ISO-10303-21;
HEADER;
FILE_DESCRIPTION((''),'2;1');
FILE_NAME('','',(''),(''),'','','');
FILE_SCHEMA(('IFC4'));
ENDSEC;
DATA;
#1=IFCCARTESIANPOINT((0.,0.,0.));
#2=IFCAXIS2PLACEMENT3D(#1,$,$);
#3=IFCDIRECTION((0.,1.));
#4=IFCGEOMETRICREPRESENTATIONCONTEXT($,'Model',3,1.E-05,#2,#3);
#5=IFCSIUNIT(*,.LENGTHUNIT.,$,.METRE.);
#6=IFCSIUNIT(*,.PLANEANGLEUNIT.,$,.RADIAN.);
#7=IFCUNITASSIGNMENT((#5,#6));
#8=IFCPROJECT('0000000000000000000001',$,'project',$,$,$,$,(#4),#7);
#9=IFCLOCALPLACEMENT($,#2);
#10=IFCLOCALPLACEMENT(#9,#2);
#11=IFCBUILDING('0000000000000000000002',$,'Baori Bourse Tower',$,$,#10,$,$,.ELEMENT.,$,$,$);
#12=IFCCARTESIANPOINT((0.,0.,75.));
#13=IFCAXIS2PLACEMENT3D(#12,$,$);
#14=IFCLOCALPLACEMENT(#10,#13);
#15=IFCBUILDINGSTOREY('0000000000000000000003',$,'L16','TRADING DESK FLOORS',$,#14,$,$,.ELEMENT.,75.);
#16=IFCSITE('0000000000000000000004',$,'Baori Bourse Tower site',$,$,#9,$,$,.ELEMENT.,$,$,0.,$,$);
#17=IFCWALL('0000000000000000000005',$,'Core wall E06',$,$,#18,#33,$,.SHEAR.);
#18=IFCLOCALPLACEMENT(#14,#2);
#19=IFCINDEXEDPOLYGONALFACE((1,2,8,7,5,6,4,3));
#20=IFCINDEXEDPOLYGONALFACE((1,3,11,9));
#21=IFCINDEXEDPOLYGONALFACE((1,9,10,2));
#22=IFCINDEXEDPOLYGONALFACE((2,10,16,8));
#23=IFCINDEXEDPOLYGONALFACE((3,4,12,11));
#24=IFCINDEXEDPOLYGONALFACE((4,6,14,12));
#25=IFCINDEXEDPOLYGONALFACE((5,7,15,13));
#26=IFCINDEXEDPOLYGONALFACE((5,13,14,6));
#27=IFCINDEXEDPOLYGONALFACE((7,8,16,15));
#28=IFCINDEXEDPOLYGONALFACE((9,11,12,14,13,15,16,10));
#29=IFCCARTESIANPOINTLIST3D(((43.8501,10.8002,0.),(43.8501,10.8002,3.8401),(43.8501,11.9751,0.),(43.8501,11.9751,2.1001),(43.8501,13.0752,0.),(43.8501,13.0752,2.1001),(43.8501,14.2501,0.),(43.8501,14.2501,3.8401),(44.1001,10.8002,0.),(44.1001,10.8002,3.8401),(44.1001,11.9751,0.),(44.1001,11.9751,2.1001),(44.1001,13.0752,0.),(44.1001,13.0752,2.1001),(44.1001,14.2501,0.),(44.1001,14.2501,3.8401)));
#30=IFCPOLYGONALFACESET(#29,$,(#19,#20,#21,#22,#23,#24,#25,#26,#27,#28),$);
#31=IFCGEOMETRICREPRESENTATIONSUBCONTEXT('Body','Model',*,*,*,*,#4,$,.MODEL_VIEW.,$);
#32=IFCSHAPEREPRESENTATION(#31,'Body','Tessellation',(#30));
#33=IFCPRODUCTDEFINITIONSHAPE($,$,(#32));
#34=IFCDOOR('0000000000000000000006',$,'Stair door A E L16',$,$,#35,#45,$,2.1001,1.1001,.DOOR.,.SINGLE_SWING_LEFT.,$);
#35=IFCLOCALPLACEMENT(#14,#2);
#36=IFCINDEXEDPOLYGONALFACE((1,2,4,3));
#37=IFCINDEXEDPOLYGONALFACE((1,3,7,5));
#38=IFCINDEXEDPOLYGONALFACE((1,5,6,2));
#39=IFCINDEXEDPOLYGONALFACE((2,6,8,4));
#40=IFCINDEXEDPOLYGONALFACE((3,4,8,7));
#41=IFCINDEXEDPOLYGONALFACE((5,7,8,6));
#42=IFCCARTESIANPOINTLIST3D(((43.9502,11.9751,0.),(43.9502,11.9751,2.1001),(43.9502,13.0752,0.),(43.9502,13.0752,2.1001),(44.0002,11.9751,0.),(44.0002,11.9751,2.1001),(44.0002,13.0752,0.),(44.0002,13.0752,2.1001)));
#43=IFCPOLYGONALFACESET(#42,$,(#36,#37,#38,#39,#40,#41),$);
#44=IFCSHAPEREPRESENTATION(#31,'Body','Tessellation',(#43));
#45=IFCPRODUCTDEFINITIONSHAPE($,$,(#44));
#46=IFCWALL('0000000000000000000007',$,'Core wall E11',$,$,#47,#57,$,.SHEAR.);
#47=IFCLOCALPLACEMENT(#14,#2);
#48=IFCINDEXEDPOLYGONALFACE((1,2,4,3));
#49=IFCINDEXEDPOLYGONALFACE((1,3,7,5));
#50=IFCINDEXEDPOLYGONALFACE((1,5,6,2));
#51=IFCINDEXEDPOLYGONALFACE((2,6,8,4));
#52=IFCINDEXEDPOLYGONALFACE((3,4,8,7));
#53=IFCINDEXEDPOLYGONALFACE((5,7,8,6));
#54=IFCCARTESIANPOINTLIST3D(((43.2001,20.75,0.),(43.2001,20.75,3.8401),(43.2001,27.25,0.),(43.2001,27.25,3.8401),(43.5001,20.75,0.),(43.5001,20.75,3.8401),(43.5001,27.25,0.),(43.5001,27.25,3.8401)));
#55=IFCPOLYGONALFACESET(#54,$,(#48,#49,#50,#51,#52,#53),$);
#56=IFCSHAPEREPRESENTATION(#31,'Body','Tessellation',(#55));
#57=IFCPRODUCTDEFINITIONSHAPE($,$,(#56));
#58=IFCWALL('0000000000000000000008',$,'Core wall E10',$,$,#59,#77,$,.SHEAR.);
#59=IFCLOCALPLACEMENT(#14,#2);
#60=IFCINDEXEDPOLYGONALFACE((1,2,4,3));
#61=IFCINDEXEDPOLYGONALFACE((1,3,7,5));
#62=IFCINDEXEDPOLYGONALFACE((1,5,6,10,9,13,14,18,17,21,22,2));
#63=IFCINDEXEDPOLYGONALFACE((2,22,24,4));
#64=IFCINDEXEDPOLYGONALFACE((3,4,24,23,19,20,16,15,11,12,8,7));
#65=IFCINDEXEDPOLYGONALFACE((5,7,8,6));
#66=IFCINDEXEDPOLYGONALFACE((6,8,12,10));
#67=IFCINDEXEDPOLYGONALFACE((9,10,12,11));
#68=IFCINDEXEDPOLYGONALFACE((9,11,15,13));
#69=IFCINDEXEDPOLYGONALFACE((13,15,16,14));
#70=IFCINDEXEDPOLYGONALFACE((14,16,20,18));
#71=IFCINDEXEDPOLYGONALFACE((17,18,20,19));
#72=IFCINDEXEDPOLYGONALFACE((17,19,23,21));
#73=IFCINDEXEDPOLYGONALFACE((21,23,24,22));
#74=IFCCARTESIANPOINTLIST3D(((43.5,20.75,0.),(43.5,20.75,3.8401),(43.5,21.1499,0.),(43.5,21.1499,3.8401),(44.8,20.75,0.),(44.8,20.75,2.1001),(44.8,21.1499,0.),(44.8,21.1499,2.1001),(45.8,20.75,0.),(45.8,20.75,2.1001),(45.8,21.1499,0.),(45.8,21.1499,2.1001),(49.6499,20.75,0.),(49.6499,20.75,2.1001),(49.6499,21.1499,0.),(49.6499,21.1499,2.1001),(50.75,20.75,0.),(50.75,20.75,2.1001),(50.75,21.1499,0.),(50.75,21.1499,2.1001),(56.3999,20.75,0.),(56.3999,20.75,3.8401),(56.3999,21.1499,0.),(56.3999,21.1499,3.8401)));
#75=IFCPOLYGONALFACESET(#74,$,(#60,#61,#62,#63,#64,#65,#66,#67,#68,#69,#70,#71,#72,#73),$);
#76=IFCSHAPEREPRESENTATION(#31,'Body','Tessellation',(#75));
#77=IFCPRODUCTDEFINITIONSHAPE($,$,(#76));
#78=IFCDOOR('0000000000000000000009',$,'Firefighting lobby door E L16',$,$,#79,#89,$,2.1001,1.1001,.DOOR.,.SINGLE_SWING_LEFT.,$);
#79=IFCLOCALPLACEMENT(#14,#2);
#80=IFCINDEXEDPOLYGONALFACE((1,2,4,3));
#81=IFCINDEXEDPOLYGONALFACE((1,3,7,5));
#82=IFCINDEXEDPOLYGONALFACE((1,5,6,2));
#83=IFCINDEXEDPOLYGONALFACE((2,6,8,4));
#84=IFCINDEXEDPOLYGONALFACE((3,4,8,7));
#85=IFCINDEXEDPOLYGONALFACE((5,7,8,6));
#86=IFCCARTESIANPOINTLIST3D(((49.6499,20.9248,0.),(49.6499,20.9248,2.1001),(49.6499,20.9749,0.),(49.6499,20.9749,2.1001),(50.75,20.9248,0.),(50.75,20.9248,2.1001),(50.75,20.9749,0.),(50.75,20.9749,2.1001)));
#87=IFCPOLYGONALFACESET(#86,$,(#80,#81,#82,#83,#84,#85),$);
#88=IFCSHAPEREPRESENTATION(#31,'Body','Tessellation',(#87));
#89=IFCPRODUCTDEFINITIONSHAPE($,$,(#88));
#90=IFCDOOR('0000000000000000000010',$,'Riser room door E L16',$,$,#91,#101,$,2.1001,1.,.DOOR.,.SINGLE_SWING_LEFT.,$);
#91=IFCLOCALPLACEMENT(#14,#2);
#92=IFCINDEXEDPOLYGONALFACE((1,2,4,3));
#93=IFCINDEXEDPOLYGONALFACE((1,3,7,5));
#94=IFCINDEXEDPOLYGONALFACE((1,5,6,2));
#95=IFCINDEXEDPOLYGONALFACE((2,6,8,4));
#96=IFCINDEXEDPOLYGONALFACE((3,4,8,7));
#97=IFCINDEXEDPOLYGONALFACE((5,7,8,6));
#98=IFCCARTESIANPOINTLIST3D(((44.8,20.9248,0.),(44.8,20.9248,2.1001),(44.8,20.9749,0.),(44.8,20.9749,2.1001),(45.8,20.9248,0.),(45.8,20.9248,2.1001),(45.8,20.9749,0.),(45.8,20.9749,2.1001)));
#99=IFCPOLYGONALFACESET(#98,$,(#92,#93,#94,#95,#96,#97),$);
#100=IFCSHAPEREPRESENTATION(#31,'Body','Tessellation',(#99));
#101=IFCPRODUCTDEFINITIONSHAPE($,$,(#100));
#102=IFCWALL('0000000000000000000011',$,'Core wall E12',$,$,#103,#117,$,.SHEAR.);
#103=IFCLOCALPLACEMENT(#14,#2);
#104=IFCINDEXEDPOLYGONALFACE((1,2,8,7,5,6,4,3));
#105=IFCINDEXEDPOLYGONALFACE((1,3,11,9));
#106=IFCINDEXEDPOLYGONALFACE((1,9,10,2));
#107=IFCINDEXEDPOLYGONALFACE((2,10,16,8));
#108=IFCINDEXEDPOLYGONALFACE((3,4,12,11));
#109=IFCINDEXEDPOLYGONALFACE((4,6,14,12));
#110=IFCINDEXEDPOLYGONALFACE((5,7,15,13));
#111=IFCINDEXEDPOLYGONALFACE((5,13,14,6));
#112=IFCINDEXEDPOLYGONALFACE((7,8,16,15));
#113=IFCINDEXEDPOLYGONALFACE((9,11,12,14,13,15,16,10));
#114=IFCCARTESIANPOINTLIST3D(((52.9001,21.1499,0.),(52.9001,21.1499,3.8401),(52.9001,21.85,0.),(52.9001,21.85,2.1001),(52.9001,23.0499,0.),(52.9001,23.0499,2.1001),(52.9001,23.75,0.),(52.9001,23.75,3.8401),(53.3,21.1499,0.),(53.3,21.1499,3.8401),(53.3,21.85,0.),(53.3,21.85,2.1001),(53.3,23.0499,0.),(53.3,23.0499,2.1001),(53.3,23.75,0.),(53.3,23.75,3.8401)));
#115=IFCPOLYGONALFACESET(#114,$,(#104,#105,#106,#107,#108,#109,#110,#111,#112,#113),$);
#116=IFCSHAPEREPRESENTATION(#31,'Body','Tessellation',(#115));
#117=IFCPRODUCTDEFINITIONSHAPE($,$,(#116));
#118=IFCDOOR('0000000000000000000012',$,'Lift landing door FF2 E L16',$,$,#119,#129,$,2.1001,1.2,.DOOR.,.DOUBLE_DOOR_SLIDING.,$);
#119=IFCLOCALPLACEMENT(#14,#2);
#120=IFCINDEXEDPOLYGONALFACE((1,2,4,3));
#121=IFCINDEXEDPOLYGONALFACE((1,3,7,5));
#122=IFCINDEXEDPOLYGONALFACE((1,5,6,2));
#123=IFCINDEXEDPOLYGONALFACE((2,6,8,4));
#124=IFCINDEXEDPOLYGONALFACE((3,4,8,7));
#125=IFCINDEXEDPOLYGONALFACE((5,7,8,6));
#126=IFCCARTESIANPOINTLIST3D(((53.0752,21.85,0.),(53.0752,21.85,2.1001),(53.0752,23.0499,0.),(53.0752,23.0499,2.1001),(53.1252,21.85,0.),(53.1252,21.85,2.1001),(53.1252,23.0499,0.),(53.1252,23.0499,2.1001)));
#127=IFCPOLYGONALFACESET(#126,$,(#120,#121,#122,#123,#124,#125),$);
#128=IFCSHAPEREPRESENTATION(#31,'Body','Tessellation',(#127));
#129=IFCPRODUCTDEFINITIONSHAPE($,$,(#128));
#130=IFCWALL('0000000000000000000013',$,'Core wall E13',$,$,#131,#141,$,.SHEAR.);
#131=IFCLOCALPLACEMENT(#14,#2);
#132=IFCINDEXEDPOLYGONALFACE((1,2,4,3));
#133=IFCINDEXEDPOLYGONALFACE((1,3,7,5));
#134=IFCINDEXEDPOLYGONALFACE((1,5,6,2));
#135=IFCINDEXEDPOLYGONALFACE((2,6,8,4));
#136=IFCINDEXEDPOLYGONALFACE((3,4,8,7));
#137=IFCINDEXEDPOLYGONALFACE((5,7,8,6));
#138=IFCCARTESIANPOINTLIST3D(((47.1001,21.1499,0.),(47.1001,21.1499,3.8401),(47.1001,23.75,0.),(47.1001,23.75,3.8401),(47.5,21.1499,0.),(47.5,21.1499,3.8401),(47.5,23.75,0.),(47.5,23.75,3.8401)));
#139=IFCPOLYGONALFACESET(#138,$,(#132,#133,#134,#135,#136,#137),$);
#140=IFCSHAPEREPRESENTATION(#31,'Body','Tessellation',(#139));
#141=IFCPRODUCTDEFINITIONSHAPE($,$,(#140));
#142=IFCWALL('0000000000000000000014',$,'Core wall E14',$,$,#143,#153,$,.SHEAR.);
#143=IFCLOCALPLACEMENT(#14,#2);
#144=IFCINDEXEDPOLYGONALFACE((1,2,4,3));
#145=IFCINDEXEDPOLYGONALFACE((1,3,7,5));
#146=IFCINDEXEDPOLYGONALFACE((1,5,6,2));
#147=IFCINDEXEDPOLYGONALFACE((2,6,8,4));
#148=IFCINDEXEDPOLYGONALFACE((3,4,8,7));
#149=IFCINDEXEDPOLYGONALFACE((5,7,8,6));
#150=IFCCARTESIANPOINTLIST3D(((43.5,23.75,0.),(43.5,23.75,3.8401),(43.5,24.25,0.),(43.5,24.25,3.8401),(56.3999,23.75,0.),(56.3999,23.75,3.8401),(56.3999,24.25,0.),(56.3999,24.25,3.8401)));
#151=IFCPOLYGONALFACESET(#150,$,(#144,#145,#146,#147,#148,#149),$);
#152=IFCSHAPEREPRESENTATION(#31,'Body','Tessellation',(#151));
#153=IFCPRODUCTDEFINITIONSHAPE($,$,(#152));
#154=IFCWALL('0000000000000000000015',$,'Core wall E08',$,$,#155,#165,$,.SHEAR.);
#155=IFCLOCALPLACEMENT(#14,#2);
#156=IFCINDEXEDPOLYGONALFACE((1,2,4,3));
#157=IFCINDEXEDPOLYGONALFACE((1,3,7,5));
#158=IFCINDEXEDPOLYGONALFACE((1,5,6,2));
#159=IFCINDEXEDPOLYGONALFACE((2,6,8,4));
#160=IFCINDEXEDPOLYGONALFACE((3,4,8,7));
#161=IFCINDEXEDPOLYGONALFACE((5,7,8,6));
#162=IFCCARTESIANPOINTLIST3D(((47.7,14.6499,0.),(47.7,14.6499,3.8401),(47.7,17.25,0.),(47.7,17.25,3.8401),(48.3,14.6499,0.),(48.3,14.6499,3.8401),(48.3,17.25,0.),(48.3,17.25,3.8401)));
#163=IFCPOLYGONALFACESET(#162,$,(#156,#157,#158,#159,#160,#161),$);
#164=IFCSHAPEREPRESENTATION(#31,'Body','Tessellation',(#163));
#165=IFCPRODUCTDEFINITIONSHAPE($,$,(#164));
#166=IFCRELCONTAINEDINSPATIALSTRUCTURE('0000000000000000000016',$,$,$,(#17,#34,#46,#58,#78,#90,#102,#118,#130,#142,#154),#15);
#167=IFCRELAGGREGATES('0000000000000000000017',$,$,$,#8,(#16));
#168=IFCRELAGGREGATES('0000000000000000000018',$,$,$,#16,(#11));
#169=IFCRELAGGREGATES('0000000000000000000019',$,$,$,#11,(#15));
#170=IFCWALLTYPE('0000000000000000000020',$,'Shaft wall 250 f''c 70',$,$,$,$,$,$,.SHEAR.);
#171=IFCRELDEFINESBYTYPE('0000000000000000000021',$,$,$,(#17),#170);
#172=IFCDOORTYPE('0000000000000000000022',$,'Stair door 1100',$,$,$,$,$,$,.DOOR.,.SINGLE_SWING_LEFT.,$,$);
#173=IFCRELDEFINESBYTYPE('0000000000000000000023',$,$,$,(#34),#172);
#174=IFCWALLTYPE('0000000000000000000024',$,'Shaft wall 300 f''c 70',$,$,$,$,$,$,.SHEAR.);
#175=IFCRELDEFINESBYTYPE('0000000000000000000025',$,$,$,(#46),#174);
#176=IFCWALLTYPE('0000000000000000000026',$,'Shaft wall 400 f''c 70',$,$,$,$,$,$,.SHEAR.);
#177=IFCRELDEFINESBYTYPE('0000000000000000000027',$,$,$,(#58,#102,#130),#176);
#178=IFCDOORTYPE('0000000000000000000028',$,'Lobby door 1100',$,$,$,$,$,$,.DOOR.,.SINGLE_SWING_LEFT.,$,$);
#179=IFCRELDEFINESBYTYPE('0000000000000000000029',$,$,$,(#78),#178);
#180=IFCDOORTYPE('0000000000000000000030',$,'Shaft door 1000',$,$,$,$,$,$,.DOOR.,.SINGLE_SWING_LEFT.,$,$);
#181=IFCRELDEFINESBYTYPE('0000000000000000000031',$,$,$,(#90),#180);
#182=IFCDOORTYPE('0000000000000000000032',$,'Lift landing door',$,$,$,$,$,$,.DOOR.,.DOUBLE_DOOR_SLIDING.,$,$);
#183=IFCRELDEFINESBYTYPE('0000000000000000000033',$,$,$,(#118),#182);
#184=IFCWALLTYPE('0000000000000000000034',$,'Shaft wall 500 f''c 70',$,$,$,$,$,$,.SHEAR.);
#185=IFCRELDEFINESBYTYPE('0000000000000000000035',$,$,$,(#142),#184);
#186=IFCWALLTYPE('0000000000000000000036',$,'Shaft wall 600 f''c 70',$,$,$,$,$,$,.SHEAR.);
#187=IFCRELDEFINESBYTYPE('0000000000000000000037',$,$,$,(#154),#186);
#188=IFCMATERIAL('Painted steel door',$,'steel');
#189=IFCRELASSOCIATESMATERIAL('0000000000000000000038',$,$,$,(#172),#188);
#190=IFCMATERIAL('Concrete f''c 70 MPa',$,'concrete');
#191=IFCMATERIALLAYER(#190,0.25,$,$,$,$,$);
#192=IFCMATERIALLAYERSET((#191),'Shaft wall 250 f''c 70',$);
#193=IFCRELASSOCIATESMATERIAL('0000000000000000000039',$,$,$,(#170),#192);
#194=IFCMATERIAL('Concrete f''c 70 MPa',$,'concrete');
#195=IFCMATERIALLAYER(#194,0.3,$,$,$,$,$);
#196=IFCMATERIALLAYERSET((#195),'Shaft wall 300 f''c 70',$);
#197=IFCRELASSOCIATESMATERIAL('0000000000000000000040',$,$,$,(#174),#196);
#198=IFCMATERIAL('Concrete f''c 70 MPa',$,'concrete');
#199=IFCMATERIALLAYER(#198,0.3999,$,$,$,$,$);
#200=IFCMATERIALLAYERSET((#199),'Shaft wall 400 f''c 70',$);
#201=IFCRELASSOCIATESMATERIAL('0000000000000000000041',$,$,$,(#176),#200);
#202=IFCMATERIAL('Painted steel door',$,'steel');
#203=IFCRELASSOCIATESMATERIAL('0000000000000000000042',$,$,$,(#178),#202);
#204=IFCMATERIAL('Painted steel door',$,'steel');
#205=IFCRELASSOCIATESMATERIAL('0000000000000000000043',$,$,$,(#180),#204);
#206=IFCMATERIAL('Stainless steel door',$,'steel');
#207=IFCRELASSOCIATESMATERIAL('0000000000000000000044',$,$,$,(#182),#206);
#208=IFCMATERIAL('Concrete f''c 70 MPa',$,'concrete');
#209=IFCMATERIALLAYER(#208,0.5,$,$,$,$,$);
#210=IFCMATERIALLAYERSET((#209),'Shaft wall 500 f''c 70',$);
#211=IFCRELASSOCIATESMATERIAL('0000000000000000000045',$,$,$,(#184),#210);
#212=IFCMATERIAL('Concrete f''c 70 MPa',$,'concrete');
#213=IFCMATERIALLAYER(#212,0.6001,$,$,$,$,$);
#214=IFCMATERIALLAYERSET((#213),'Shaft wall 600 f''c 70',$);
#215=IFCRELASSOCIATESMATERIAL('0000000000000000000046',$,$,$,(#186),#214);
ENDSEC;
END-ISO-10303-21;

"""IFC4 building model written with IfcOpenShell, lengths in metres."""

from ifc_helpers import new_model, si_unit, direction, frame, frame_2d, origin, place, context, subcontext, project, spatial, rectangle, extrude, material, layer, layer_set, type_object, element, fill, save


model = new_model("IFC4")

# Units and contexts
model_context = context("Model", 3, precision=1e-05, world=origin(), true_north=direction((0.0, 1.0)))
body_context = subcontext(model_context, "Body", "Model", "MODEL_VIEW")
ifc_project = project(units=[si_unit("LENGTHUNIT", "METRE"), si_unit("PLANEANGLEUNIT", "RADIAN")], contexts=[model_context])

# Site, building, storey
site_placement = place(None, origin())
site = spatial("IfcSite", under=ifc_project, at=site_placement, Name="Baori Bourse Tower site", CompositionType="ELEMENT", RefElevation=0.0)
building_placement = place(site_placement, origin())
building = spatial("IfcBuilding", under=site, at=building_placement, Name="Baori Bourse Tower", CompositionType="ELEMENT")
storey_placement = place(building_placement, frame((0.0, 0.0, 75.0)))
storey = spatial("IfcBuildingStorey", under=building, at=storey_placement, Name="L16", Description="TRADING DESK FLOORS", CompositionType="ELEMENT", Elevation=75.0)

# Wall, opening, door
ifc_material_1 = material(Name="Painted steel door", Category="steel")
door_type_1 = type_object("IfcDoorType", Name="Stair door 1100", OperationType="SINGLE_SWING_LEFT", PredefinedType="DOOR", material=ifc_material_1)
ifc_material_2 = material(Name="Concrete f'c 70 MPa", Category="concrete")
ifc_layer_1 = layer(ifc_material_2, 0.25)
ifc_layer_set_1 = layer_set([ifc_layer_1], Name="Shaft wall 250 f'c 70")
wall_type_1 = type_object("IfcWallType", Name="Shaft wall 250 f'c 70", PredefinedType="SHEAR", material=ifc_layer_set_1)
wall_1_placement = place(storey_placement, frame((43.9751, 10.8, 0.0), z_axis=(0.0, 0.0, 1.0), x_axis=(0.0, 1.0, 0.0)))
wall_1 = element("IfcWall", 1, at=wall_1_placement, inside=storey, type_object=wall_type_1, Name="Core wall E06", PredefinedType="SHEAR", context=body_context, shape_type="SweptSolid", body=[
    extrude(rectangle(XDim=3.45, YDim=0.25, at=frame_2d((1.7251, 0.0))), origin(), (0.0, 0.0, 1.0), 3.8401),
])
opening_1_placement = place(wall_1_placement, frame((1.175, 0.0, 0.0)))
opening_1 = element("IfcOpeningElement", 2, at=opening_1_placement, cuts=wall_1, PredefinedType="OPENING", context=body_context, shape_type="SweptSolid", body=[
    extrude(rectangle(XDim=1.1001, YDim=2.1001, at=frame_2d((0.55, 1.05))), frame((0.0, 0.135, 0.0), z_axis=(0.0, -1.0, 0.0), x_axis=(1.0, 0.0, 0.0)), (0.0, 0.0, 1.0), 0.27),
])
door_1_placement = place(opening_1_placement, origin())
door_1 = element("IfcDoor", 3, at=door_1_placement, inside=storey, type_object=door_type_1, Name="Stair door A E L16", OperationType="SINGLE_SWING_LEFT", OverallHeight=2.1001, OverallWidth=1.1001, PredefinedType="DOOR", context=body_context, shape_type="SweptSolid", body=[
    extrude(rectangle(XDim=1.1001, YDim=2.1001, at=frame_2d((0.55, 1.05))), frame((0.0, 0.0249, 0.0), z_axis=(0.0, -1.0, 0.0), x_axis=(1.0, 0.0, 0.0)), (0.0, 0.0, 1.0), 0.05),
])
fill(opening_1, door_1)

# Wall
ifc_material_3 = material(Name="Concrete f'c 70 MPa", Category="concrete")
ifc_layer_2 = layer(ifc_material_3, 0.3)
ifc_layer_set_2 = layer_set([ifc_layer_2], Name="Shaft wall 300 f'c 70")
wall_type_2 = type_object("IfcWallType", Name="Shaft wall 300 f'c 70", PredefinedType="SHEAR", material=ifc_layer_set_2)
wall_2_placement = place(storey_placement, frame((43.3501, 20.75, 0.0), z_axis=(0.0, 0.0, 1.0), x_axis=(0.0, 1.0, 0.0)))
element("IfcWall", 4, at=wall_2_placement, inside=storey, type_object=wall_type_2, Name="Core wall E11", PredefinedType="SHEAR", context=body_context, shape_type="SweptSolid", body=[
    extrude(rectangle(XDim=6.5, YDim=0.3, at=frame_2d((3.25, 0.0))), origin(), (0.0, 0.0, 1.0), 3.8401),
])

# Wall, openings, doors
ifc_material_4 = material(Name="Concrete f'c 70 MPa", Category="concrete")
ifc_layer_3 = layer(ifc_material_4, 0.3999)
ifc_layer_set_3 = layer_set([ifc_layer_3], Name="Shaft wall 400 f'c 70")
wall_type_3 = type_object("IfcWallType", Name="Shaft wall 400 f'c 70", PredefinedType="SHEAR", material=ifc_layer_set_3)
wall_3_placement = place(storey_placement, frame((43.5, 20.95, 0.0), z_axis=(0.0, 0.0, 1.0), x_axis=(1.0, 0.0, 0.0)))
wall_3 = element("IfcWall", 5, at=wall_3_placement, inside=storey, type_object=wall_type_3, Name="Core wall E10", PredefinedType="SHEAR", context=body_context, shape_type="SweptSolid", body=[
    extrude(rectangle(XDim=12.8999, YDim=0.3999, at=frame_2d((6.45, 0.0))), origin(), (0.0, 0.0, 1.0), 3.8401),
])
opening_2_placement = place(wall_3_placement, frame((6.1499, 0.0, 0.0)))
opening_2 = element("IfcOpeningElement", 6, at=opening_2_placement, cuts=wall_3, PredefinedType="OPENING", context=body_context, shape_type="SweptSolid", body=[
    extrude(rectangle(XDim=1.1001, YDim=2.1001, at=frame_2d((0.55, 1.05))), frame((0.0, 0.21, 0.0), z_axis=(0.0, -1.0, 0.0), x_axis=(1.0, 0.0, 0.0)), (0.0, 0.0, 1.0), 0.4199),
])
opening_3_placement = place(wall_3_placement, frame((1.3, 0.0, 0.0)))
opening_3 = element("IfcOpeningElement", 7, at=opening_3_placement, cuts=wall_3, PredefinedType="OPENING", context=body_context, shape_type="SweptSolid", body=[
    extrude(rectangle(XDim=1.0, YDim=2.1001, at=frame_2d((0.5, 1.05))), frame((0.0, 0.21, 0.0), z_axis=(0.0, -1.0, 0.0), x_axis=(1.0, 0.0, 0.0)), (0.0, 0.0, 1.0), 0.4199),
])
ifc_material_5 = material(Name="Painted steel door", Category="steel")
door_type_2 = type_object("IfcDoorType", Name="Lobby door 1100", OperationType="SINGLE_SWING_LEFT", PredefinedType="DOOR", material=ifc_material_5)
door_2_placement = place(opening_2_placement, origin())
door_2 = element("IfcDoor", 8, at=door_2_placement, inside=storey, type_object=door_type_2, Name="Firefighting lobby door E L16", OperationType="SINGLE_SWING_LEFT", OverallHeight=2.1001, OverallWidth=1.1001, PredefinedType="DOOR", context=body_context, shape_type="SweptSolid", body=[
    extrude(rectangle(XDim=1.1001, YDim=2.1001, at=frame_2d((0.55, 1.05))), frame((0.0, 0.0249, 0.0), z_axis=(0.0, -1.0, 0.0), x_axis=(1.0, 0.0, 0.0)), (0.0, 0.0, 1.0), 0.05),
])
fill(opening_2, door_2)
ifc_material_6 = material(Name="Painted steel door", Category="steel")
door_type_3 = type_object("IfcDoorType", Name="Shaft door 1000", OperationType="SINGLE_SWING_LEFT", PredefinedType="DOOR", material=ifc_material_6)
door_3_placement = place(opening_3_placement, origin())
door_3 = element("IfcDoor", 9, at=door_3_placement, inside=storey, type_object=door_type_3, Name="Riser room door E L16", OperationType="SINGLE_SWING_LEFT", OverallHeight=2.1001, OverallWidth=1.0, PredefinedType="DOOR", context=body_context, shape_type="SweptSolid", body=[
    extrude(rectangle(XDim=1.0, YDim=2.1001, at=frame_2d((0.5, 1.05))), frame((0.0, 0.0249, 0.0), z_axis=(0.0, -1.0, 0.0), x_axis=(1.0, 0.0, 0.0)), (0.0, 0.0, 1.0), 0.05),
])
fill(opening_3, door_3)

# Wall, opening, door
wall_4_placement = place(storey_placement, frame((53.1001, 21.1499, 0.0), z_axis=(0.0, 0.0, 1.0), x_axis=(0.0, 1.0, 0.0)))
wall_4 = element("IfcWall", 10, at=wall_4_placement, inside=storey, type_object=wall_type_3, Name="Core wall E12", PredefinedType="SHEAR", context=body_context, shape_type="SweptSolid", body=[
    extrude(rectangle(XDim=2.6001, YDim=0.3999, at=frame_2d((1.3, 0.0))), origin(), (0.0, 0.0, 1.0), 3.8401),
])
opening_4_placement = place(wall_4_placement, frame((0.7, 0.0, 0.0)))
opening_4 = element("IfcOpeningElement", 11, at=opening_4_placement, cuts=wall_4, PredefinedType="OPENING", context=body_context, shape_type="SweptSolid", body=[
    extrude(rectangle(XDim=1.2, YDim=2.1001, at=frame_2d((0.6001, 1.05))), frame((0.0, 0.21, 0.0), z_axis=(0.0, -1.0, 0.0), x_axis=(1.0, 0.0, 0.0)), (0.0, 0.0, 1.0), 0.4199),
])
ifc_material_7 = material(Name="Stainless steel door", Category="steel")
door_type_4 = type_object("IfcDoorType", Name="Lift landing door", OperationType="DOUBLE_DOOR_SLIDING", PredefinedType="DOOR", material=ifc_material_7)
door_4_placement = place(opening_4_placement, origin())
door_4 = element("IfcDoor", 12, at=door_4_placement, inside=storey, type_object=door_type_4, Name="Lift landing door FF2 E L16", OperationType="DOUBLE_DOOR_SLIDING", OverallHeight=2.1001, OverallWidth=1.2, PredefinedType="DOOR", context=body_context, shape_type="SweptSolid", body=[
    extrude(rectangle(XDim=1.2, YDim=2.1001, at=frame_2d((0.6001, 1.05))), frame((0.0, 0.0249, 0.0), z_axis=(0.0, -1.0, 0.0), x_axis=(1.0, 0.0, 0.0)), (0.0, 0.0, 1.0), 0.05),
])
fill(opening_4, door_4)

# Walls
wall_5_placement = place(storey_placement, frame((47.3, 21.1499, 0.0), z_axis=(0.0, 0.0, 1.0), x_axis=(0.0, 1.0, 0.0)))
element("IfcWall", 13, at=wall_5_placement, inside=storey, type_object=wall_type_3, Name="Core wall E13", PredefinedType="SHEAR", context=body_context, shape_type="SweptSolid", body=[
    extrude(rectangle(XDim=2.6001, YDim=0.3999, at=frame_2d((1.3, 0.0))), origin(), (0.0, 0.0, 1.0), 3.8401),
])
ifc_material_8 = material(Name="Concrete f'c 70 MPa", Category="concrete")
ifc_layer_4 = layer(ifc_material_8, 0.5)
ifc_layer_set_4 = layer_set([ifc_layer_4], Name="Shaft wall 500 f'c 70")
wall_type_4 = type_object("IfcWallType", Name="Shaft wall 500 f'c 70", PredefinedType="SHEAR", material=ifc_layer_set_4)
wall_6_placement = place(storey_placement, frame((43.5, 24.0, 0.0), z_axis=(0.0, 0.0, 1.0), x_axis=(1.0, 0.0, 0.0)))
element("IfcWall", 14, at=wall_6_placement, inside=storey, type_object=wall_type_4, Name="Core wall E14", PredefinedType="SHEAR", context=body_context, shape_type="SweptSolid", body=[
    extrude(rectangle(XDim=12.8999, YDim=0.5, at=frame_2d((6.45, 0.0))), origin(), (0.0, 0.0, 1.0), 3.8401),
])
ifc_material_9 = material(Name="Concrete f'c 70 MPa", Category="concrete")
ifc_layer_5 = layer(ifc_material_9, 0.6001)
ifc_layer_set_5 = layer_set([ifc_layer_5], Name="Shaft wall 600 f'c 70")
wall_type_5 = type_object("IfcWallType", Name="Shaft wall 600 f'c 70", PredefinedType="SHEAR", material=ifc_layer_set_5)
for number, where, z_axis, x_axis, name in (
    (15, (48.0, 14.6499, 0.0), (0.0, 0.0, 1.0), (0.0, 1.0, 0.0), "Core wall E08"),
):
    element("IfcWall", number, at=place(storey_placement, frame(where, z_axis=z_axis, x_axis=x_axis)), inside=storey, type_object=wall_type_5, Name=name, PredefinedType="SHEAR", context=body_context, shape_type="SweptSolid", body=[
        extrude(rectangle(XDim=2.6001, YDim=0.6001, at=frame_2d((1.3, 0.0))), origin(), (0.0, 0.0, 1.0), 3.8401),
    ])

save(model, "model.ifc")
